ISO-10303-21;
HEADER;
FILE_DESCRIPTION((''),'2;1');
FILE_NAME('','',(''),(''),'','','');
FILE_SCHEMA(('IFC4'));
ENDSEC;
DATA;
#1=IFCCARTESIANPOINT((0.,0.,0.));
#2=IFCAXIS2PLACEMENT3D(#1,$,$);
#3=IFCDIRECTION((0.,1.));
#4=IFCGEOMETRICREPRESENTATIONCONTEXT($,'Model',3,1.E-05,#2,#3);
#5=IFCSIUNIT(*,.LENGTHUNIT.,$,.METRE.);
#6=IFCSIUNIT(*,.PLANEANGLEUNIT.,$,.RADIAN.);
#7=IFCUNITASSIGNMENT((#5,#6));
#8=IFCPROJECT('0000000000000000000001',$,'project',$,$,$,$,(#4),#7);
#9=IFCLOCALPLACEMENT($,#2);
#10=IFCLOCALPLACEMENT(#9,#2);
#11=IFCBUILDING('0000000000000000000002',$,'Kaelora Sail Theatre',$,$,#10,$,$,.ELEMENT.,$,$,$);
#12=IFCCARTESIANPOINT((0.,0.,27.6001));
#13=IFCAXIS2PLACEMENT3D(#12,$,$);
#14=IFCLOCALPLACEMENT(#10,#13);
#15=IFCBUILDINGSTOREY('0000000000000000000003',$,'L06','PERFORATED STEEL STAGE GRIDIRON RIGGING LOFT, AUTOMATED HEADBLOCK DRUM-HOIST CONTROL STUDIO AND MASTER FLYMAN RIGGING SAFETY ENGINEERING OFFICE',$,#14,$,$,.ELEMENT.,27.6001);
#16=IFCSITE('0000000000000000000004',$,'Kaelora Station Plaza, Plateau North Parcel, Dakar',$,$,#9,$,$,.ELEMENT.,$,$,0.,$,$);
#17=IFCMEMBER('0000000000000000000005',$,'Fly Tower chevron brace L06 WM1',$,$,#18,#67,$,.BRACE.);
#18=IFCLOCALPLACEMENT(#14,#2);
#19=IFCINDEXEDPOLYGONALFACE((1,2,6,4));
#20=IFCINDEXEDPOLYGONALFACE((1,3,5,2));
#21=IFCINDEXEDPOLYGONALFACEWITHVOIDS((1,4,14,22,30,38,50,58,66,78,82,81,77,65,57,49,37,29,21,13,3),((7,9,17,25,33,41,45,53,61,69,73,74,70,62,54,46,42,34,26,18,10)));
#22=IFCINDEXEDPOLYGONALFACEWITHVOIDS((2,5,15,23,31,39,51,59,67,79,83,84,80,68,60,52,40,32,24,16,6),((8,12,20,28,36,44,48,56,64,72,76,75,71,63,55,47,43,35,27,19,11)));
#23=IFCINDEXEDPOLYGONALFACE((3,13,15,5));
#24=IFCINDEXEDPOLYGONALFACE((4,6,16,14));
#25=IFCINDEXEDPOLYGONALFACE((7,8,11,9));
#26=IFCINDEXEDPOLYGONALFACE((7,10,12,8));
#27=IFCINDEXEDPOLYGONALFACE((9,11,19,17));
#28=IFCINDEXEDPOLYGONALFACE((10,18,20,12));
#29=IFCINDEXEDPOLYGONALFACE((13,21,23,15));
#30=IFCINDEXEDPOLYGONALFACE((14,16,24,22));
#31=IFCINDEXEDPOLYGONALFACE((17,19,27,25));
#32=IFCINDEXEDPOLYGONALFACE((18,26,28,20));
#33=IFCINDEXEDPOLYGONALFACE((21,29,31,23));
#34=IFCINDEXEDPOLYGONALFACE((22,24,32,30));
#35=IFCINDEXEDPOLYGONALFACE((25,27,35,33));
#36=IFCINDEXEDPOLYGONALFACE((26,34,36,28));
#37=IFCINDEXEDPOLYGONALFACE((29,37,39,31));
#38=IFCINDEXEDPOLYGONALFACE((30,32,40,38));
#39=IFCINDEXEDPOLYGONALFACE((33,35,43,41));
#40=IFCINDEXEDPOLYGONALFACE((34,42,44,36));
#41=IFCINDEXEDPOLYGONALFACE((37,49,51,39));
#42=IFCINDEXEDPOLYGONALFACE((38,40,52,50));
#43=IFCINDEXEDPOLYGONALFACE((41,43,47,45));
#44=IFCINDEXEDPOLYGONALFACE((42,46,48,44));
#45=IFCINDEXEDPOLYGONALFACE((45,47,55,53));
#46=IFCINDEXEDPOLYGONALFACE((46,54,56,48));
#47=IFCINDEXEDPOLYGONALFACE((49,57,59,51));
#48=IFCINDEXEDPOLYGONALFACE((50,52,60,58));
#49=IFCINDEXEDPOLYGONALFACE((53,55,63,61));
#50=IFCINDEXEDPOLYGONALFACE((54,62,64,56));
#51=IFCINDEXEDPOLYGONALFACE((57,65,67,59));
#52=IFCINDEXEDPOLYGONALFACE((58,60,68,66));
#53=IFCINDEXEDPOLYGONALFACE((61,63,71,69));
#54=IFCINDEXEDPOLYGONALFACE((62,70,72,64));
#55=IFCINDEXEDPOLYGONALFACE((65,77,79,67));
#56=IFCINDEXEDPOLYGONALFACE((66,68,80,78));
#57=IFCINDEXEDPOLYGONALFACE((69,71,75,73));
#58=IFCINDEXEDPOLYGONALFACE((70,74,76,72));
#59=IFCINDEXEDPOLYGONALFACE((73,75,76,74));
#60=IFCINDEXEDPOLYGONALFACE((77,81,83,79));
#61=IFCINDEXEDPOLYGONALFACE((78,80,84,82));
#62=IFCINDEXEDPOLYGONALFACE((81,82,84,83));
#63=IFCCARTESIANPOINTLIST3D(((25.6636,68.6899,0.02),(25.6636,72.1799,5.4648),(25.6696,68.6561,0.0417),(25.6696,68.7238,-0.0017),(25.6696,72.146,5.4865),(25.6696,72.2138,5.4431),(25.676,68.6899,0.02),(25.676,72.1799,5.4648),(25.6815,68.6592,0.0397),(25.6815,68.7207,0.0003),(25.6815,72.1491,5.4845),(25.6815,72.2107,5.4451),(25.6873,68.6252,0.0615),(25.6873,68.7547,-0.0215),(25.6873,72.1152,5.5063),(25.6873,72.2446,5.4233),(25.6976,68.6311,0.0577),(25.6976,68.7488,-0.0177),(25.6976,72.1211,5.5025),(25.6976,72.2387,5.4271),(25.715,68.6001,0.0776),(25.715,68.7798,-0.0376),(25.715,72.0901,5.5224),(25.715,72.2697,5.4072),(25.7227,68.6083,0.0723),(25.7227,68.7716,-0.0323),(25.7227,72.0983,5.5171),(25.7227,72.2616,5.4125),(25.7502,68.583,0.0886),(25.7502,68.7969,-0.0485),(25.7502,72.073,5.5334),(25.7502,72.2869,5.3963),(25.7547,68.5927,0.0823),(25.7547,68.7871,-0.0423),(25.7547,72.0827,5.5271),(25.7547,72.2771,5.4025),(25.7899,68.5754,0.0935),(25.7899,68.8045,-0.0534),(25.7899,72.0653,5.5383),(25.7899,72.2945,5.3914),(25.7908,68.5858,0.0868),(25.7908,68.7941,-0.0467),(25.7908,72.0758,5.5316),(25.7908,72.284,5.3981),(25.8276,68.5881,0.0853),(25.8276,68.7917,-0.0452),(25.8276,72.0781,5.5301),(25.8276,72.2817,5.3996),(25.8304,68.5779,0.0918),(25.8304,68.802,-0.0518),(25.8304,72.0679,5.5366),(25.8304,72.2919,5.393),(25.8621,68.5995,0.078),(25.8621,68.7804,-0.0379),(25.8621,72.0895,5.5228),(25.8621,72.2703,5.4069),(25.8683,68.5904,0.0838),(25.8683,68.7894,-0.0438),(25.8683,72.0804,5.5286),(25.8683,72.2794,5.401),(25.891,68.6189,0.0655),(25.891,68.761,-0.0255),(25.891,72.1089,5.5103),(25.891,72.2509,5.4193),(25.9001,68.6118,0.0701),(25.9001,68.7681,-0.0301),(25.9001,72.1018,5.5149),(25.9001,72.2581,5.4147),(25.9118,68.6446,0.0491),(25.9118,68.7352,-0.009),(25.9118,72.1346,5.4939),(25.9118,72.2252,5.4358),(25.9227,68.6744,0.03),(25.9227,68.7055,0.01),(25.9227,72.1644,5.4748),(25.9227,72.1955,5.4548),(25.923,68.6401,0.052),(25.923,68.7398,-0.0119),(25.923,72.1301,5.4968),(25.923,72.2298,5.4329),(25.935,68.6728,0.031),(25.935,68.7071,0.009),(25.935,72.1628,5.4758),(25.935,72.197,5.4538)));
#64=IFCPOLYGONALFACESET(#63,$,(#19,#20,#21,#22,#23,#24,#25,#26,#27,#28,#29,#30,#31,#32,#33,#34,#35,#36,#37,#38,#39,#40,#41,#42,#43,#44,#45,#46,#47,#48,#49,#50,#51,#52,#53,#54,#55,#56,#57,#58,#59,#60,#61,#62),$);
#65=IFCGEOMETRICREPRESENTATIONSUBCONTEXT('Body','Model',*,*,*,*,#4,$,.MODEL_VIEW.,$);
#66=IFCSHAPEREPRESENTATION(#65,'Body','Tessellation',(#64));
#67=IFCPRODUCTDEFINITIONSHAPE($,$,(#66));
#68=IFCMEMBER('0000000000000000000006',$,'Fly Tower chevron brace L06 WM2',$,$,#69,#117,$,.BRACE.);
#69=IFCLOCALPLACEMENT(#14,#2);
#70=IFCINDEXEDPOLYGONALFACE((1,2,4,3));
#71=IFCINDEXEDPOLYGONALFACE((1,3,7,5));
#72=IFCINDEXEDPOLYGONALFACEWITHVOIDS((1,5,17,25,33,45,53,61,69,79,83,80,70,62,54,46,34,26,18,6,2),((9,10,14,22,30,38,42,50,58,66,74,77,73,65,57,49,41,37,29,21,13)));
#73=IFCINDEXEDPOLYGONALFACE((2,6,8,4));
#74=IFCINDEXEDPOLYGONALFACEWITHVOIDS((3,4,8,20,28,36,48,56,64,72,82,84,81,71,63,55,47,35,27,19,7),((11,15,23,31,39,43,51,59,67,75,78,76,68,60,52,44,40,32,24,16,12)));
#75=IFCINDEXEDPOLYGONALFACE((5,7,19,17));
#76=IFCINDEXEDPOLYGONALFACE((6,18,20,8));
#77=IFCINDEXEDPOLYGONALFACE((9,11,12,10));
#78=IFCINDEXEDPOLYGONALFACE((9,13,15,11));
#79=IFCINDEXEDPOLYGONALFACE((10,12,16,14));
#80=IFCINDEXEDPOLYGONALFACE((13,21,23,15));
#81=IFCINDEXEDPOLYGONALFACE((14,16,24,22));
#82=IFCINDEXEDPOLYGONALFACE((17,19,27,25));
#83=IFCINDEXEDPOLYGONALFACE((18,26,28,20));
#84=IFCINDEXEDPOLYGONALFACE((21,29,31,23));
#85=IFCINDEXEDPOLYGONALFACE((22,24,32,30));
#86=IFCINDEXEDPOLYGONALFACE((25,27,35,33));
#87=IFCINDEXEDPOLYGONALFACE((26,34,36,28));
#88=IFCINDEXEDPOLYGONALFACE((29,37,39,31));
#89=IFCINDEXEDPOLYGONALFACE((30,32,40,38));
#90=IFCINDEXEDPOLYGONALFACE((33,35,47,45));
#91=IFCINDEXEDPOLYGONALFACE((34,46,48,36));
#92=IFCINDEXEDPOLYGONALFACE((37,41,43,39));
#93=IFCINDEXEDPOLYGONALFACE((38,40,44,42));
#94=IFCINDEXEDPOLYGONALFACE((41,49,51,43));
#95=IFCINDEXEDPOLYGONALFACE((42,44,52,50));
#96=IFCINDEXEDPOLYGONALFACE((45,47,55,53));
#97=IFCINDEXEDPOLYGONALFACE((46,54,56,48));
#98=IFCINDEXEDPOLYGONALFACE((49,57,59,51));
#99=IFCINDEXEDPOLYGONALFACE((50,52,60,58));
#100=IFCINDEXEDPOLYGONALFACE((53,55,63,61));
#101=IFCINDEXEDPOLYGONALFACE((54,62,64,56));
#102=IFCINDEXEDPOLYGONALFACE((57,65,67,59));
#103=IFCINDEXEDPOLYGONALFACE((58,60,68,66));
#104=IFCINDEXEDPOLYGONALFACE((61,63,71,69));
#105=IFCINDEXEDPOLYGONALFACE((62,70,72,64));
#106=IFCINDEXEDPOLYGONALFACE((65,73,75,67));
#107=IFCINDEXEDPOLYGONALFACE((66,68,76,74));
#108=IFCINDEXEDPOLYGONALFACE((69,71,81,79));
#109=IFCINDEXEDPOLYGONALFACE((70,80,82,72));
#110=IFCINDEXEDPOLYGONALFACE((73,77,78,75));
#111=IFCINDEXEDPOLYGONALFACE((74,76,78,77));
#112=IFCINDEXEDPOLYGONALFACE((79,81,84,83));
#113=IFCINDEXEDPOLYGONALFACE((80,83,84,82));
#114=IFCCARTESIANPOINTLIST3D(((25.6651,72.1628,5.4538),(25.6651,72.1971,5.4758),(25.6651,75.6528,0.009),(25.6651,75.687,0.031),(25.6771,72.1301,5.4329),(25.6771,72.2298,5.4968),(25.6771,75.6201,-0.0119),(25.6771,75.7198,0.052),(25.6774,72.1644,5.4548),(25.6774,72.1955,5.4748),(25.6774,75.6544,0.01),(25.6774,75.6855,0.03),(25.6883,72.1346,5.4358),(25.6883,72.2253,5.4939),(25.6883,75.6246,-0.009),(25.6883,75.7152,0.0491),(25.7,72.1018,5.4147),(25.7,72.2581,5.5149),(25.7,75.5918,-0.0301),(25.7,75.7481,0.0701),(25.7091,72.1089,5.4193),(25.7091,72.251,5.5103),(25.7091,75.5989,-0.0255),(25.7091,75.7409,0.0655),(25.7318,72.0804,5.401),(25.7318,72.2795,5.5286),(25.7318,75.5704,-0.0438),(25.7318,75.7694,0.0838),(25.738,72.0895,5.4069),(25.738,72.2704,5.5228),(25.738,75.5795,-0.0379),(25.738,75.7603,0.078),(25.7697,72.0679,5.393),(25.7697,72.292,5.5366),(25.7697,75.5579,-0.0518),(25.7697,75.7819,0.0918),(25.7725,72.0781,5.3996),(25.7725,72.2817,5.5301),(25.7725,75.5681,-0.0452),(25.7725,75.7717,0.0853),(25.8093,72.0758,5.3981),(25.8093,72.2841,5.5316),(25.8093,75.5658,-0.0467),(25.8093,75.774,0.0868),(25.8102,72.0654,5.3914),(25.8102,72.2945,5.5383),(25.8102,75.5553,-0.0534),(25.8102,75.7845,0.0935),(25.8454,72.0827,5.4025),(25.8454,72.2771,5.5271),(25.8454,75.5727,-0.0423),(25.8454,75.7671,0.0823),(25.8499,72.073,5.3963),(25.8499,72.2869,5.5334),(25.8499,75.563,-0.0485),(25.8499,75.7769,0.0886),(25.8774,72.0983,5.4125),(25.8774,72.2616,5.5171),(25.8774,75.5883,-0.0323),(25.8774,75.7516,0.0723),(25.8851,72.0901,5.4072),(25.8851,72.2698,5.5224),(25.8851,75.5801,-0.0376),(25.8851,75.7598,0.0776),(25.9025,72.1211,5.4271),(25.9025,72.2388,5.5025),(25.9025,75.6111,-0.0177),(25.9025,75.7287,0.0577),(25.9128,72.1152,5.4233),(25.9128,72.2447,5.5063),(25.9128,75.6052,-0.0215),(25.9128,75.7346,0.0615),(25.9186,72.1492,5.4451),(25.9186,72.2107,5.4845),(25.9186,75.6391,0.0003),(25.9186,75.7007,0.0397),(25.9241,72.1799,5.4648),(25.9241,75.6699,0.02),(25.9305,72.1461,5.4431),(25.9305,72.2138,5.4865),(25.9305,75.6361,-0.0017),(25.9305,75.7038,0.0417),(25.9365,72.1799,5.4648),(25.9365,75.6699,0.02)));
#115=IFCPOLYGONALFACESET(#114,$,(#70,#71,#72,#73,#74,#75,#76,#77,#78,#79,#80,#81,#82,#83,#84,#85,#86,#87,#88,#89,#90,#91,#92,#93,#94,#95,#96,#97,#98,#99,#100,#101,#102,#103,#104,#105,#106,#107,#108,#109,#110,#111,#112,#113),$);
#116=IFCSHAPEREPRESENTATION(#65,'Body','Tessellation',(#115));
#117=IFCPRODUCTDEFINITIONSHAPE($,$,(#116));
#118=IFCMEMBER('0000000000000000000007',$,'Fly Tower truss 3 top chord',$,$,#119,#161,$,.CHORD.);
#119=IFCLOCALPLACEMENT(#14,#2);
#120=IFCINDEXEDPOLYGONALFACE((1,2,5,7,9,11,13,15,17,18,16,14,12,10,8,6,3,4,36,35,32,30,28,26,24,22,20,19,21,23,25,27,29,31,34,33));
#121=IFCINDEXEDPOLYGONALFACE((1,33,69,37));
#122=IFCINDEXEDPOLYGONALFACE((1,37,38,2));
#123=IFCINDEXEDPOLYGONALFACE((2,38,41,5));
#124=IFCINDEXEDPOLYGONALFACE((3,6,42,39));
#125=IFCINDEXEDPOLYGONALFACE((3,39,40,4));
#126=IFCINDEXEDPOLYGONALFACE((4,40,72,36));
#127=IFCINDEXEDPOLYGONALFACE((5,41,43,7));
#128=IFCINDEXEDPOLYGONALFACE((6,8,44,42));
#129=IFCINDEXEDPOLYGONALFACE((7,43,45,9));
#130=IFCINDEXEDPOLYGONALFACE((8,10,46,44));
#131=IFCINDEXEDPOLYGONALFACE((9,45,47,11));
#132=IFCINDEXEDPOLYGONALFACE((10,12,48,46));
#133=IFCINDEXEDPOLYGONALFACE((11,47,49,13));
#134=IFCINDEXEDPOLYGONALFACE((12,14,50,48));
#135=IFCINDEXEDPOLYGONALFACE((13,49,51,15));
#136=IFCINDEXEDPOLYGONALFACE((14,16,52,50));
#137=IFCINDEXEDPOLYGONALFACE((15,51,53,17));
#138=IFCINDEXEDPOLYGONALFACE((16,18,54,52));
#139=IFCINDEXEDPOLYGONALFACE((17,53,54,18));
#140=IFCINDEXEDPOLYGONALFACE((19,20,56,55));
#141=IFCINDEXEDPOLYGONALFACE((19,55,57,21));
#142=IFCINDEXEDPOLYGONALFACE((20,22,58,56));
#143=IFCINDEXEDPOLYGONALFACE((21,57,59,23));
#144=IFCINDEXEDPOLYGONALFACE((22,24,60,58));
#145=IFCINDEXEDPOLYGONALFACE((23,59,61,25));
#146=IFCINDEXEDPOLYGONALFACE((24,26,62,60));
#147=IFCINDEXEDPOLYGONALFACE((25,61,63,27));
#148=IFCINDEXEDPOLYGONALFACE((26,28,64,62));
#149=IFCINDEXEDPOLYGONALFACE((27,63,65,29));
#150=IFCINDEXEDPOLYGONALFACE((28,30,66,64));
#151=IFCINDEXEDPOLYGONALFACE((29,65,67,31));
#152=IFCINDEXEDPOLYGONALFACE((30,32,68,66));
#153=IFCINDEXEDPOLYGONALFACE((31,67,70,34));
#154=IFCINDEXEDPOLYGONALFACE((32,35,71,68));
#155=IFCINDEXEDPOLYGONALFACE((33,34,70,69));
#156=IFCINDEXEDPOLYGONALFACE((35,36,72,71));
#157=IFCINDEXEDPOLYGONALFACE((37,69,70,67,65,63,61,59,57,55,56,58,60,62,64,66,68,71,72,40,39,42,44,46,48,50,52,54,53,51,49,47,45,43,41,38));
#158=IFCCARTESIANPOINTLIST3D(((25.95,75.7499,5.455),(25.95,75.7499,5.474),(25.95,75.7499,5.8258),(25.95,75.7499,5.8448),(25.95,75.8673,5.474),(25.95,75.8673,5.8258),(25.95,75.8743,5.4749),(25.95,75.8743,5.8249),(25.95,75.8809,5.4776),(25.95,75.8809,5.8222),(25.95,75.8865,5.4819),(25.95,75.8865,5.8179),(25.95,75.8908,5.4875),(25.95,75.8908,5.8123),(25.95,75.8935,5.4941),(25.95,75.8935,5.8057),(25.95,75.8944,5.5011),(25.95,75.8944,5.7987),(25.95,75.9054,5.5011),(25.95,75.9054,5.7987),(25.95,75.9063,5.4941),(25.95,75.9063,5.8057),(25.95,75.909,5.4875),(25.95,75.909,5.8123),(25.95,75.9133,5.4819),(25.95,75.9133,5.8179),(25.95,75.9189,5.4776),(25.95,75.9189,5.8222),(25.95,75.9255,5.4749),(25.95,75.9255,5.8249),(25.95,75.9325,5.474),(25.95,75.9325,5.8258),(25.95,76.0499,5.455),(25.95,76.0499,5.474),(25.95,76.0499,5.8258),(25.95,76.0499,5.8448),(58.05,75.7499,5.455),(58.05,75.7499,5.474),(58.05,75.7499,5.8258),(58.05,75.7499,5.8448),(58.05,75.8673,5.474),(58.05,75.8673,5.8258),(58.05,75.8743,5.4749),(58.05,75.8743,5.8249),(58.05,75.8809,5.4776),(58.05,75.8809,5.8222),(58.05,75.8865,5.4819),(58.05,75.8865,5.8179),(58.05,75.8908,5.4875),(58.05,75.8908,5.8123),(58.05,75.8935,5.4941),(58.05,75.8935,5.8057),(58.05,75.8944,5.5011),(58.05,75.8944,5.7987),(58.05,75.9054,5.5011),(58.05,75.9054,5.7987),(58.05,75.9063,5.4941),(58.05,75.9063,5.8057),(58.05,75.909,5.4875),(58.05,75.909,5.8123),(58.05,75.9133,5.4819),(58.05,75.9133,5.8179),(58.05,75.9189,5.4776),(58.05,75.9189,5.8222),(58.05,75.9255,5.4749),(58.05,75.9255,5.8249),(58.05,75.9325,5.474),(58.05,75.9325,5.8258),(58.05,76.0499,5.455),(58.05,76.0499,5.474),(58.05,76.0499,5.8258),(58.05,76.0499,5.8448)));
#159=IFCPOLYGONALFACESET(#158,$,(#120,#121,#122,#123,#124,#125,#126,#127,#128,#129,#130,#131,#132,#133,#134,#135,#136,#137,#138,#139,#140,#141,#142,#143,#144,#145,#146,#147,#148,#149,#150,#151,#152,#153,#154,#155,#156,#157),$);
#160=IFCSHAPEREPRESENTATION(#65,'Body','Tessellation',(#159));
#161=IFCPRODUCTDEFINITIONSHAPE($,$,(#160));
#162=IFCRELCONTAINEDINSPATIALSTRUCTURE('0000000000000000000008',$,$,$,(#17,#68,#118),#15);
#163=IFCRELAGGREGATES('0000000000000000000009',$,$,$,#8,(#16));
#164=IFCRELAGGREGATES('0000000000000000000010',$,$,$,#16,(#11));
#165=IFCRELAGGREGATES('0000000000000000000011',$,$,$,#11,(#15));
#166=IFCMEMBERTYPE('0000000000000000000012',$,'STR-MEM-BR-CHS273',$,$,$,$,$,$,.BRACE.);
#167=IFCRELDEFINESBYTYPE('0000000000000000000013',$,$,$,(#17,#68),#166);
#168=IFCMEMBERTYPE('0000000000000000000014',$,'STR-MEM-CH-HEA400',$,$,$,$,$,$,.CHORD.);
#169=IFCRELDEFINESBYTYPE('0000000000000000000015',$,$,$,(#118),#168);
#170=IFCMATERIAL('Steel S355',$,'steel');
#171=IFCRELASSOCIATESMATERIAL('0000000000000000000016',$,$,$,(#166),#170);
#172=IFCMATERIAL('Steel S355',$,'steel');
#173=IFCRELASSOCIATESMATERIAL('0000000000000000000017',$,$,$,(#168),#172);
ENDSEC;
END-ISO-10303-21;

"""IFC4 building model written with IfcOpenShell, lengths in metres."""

from ifc_helpers import new_model, si_unit, direction, frame, origin, origin_2d, place, context, subcontext, project, spatial, hollow_circle, i_section, extrude, material, material_profile, profile_set, type_object, element, save


model = new_model("IFC4")

# Units and contexts
model_context = context("Model", 3, precision=1e-05, world=origin(), true_north=direction((0.0, 1.0)))
body_context = subcontext(model_context, "Body", "Model", "MODEL_VIEW")
ifc_project = project(units=[si_unit("LENGTHUNIT", "METRE"), si_unit("PLANEANGLEUNIT", "RADIAN")], contexts=[model_context])

# Site, building, storey
site_placement = place(None, origin())
site = spatial("IfcSite", under=ifc_project, at=site_placement, Name="Kaelora Station Plaza, Plateau North Parcel, Dakar", CompositionType="ELEMENT", RefElevation=0.0)
building_placement = place(site_placement, origin())
building = spatial("IfcBuilding", under=site, at=building_placement, Name="Kaelora Sail Theatre", CompositionType="ELEMENT")
storey_placement = place(building_placement, frame((0.0, 0.0, 27.6001)))
storey = spatial("IfcBuildingStorey", under=building, at=storey_placement, Name="L06", Description="PERFORATED STEEL STAGE GRIDIRON RIGGING LOFT, AUTOMATED HEADBLOCK DRUM-HOIST CONTROL STUDIO AND MASTER FLYMAN RIGGING SAFETY ENGINEERING OFFICE", CompositionType="ELEMENT", Elevation=27.6001)

# Members
ifc_material_1 = material(Name="Steel S355", Category="steel")
ifc_material_profile_1 = material_profile(ifc_material_1, hollow_circle(Radius=0.1365, WallThickness=0.0125, at=origin_2d()), Name="CHS 273.0x12.5")
ifc_profile_set_1 = profile_set([ifc_material_profile_1], Name="Steel S355")
member_type_1 = type_object("IfcMemberType", Name="STR-MEM-BR-CHS273", PredefinedType="BRACE", material=ifc_profile_set_1)
for number, where, z_axis, x_axis, name in (
    (1, (25.8, 68.6899, 0.02), (0.0, 0.539635, 0.841899), (-1.0, 0.0, 0.0), "Fly Tower chevron brace L06 WM1"),
    (2, (25.8, 75.6699, 0.02), (0.0, -0.539635, 0.841899), (1.0, 0.0, 0.0), "Fly Tower chevron brace L06 WM2"),
):
    element("IfcMember", number, at=place(storey_placement, frame(where, z_axis=z_axis, x_axis=x_axis)), inside=storey, type_object=member_type_1, Name=name, PredefinedType="BRACE", context=body_context, shape_type="SweptSolid", body=[
        extrude(hollow_circle(Radius=0.1365, WallThickness=0.0125, at=origin_2d()), origin(), (0.0, 0.0, 1.0), 6.4673),
    ])
ifc_material_2 = material(Name="Steel S355", Category="steel")
ifc_material_profile_2 = material_profile(ifc_material_2, i_section(OverallWidth=0.3, OverallDepth=0.3899, WebThickness=0.011, FlangeThickness=0.019, FilletRadius=0.0271, at=origin_2d()), Name="HEA 400")
ifc_profile_set_2 = profile_set([ifc_material_profile_2], Name="Steel S355")
member_type_2 = type_object("IfcMemberType", Name="STR-MEM-CH-HEA400", PredefinedType="CHORD", material=ifc_profile_set_2)
member_1_placement = place(storey_placement, frame((25.95, 75.8999, 5.6499), z_axis=(1.0, 0.0, 0.0), x_axis=(0.0, 1.0, 0.0)))
element("IfcMember", 3, at=member_1_placement, inside=storey, type_object=member_type_2, Name="Fly Tower truss 3 top chord", PredefinedType="CHORD", context=body_context, shape_type="SweptSolid", body=[
    extrude(i_section(OverallWidth=0.3, OverallDepth=0.3899, WebThickness=0.011, FlangeThickness=0.019, FilletRadius=0.0271, at=origin_2d()), origin(), (0.0, 0.0, 1.0), 32.1001),
])

save(model, "model.ifc")
